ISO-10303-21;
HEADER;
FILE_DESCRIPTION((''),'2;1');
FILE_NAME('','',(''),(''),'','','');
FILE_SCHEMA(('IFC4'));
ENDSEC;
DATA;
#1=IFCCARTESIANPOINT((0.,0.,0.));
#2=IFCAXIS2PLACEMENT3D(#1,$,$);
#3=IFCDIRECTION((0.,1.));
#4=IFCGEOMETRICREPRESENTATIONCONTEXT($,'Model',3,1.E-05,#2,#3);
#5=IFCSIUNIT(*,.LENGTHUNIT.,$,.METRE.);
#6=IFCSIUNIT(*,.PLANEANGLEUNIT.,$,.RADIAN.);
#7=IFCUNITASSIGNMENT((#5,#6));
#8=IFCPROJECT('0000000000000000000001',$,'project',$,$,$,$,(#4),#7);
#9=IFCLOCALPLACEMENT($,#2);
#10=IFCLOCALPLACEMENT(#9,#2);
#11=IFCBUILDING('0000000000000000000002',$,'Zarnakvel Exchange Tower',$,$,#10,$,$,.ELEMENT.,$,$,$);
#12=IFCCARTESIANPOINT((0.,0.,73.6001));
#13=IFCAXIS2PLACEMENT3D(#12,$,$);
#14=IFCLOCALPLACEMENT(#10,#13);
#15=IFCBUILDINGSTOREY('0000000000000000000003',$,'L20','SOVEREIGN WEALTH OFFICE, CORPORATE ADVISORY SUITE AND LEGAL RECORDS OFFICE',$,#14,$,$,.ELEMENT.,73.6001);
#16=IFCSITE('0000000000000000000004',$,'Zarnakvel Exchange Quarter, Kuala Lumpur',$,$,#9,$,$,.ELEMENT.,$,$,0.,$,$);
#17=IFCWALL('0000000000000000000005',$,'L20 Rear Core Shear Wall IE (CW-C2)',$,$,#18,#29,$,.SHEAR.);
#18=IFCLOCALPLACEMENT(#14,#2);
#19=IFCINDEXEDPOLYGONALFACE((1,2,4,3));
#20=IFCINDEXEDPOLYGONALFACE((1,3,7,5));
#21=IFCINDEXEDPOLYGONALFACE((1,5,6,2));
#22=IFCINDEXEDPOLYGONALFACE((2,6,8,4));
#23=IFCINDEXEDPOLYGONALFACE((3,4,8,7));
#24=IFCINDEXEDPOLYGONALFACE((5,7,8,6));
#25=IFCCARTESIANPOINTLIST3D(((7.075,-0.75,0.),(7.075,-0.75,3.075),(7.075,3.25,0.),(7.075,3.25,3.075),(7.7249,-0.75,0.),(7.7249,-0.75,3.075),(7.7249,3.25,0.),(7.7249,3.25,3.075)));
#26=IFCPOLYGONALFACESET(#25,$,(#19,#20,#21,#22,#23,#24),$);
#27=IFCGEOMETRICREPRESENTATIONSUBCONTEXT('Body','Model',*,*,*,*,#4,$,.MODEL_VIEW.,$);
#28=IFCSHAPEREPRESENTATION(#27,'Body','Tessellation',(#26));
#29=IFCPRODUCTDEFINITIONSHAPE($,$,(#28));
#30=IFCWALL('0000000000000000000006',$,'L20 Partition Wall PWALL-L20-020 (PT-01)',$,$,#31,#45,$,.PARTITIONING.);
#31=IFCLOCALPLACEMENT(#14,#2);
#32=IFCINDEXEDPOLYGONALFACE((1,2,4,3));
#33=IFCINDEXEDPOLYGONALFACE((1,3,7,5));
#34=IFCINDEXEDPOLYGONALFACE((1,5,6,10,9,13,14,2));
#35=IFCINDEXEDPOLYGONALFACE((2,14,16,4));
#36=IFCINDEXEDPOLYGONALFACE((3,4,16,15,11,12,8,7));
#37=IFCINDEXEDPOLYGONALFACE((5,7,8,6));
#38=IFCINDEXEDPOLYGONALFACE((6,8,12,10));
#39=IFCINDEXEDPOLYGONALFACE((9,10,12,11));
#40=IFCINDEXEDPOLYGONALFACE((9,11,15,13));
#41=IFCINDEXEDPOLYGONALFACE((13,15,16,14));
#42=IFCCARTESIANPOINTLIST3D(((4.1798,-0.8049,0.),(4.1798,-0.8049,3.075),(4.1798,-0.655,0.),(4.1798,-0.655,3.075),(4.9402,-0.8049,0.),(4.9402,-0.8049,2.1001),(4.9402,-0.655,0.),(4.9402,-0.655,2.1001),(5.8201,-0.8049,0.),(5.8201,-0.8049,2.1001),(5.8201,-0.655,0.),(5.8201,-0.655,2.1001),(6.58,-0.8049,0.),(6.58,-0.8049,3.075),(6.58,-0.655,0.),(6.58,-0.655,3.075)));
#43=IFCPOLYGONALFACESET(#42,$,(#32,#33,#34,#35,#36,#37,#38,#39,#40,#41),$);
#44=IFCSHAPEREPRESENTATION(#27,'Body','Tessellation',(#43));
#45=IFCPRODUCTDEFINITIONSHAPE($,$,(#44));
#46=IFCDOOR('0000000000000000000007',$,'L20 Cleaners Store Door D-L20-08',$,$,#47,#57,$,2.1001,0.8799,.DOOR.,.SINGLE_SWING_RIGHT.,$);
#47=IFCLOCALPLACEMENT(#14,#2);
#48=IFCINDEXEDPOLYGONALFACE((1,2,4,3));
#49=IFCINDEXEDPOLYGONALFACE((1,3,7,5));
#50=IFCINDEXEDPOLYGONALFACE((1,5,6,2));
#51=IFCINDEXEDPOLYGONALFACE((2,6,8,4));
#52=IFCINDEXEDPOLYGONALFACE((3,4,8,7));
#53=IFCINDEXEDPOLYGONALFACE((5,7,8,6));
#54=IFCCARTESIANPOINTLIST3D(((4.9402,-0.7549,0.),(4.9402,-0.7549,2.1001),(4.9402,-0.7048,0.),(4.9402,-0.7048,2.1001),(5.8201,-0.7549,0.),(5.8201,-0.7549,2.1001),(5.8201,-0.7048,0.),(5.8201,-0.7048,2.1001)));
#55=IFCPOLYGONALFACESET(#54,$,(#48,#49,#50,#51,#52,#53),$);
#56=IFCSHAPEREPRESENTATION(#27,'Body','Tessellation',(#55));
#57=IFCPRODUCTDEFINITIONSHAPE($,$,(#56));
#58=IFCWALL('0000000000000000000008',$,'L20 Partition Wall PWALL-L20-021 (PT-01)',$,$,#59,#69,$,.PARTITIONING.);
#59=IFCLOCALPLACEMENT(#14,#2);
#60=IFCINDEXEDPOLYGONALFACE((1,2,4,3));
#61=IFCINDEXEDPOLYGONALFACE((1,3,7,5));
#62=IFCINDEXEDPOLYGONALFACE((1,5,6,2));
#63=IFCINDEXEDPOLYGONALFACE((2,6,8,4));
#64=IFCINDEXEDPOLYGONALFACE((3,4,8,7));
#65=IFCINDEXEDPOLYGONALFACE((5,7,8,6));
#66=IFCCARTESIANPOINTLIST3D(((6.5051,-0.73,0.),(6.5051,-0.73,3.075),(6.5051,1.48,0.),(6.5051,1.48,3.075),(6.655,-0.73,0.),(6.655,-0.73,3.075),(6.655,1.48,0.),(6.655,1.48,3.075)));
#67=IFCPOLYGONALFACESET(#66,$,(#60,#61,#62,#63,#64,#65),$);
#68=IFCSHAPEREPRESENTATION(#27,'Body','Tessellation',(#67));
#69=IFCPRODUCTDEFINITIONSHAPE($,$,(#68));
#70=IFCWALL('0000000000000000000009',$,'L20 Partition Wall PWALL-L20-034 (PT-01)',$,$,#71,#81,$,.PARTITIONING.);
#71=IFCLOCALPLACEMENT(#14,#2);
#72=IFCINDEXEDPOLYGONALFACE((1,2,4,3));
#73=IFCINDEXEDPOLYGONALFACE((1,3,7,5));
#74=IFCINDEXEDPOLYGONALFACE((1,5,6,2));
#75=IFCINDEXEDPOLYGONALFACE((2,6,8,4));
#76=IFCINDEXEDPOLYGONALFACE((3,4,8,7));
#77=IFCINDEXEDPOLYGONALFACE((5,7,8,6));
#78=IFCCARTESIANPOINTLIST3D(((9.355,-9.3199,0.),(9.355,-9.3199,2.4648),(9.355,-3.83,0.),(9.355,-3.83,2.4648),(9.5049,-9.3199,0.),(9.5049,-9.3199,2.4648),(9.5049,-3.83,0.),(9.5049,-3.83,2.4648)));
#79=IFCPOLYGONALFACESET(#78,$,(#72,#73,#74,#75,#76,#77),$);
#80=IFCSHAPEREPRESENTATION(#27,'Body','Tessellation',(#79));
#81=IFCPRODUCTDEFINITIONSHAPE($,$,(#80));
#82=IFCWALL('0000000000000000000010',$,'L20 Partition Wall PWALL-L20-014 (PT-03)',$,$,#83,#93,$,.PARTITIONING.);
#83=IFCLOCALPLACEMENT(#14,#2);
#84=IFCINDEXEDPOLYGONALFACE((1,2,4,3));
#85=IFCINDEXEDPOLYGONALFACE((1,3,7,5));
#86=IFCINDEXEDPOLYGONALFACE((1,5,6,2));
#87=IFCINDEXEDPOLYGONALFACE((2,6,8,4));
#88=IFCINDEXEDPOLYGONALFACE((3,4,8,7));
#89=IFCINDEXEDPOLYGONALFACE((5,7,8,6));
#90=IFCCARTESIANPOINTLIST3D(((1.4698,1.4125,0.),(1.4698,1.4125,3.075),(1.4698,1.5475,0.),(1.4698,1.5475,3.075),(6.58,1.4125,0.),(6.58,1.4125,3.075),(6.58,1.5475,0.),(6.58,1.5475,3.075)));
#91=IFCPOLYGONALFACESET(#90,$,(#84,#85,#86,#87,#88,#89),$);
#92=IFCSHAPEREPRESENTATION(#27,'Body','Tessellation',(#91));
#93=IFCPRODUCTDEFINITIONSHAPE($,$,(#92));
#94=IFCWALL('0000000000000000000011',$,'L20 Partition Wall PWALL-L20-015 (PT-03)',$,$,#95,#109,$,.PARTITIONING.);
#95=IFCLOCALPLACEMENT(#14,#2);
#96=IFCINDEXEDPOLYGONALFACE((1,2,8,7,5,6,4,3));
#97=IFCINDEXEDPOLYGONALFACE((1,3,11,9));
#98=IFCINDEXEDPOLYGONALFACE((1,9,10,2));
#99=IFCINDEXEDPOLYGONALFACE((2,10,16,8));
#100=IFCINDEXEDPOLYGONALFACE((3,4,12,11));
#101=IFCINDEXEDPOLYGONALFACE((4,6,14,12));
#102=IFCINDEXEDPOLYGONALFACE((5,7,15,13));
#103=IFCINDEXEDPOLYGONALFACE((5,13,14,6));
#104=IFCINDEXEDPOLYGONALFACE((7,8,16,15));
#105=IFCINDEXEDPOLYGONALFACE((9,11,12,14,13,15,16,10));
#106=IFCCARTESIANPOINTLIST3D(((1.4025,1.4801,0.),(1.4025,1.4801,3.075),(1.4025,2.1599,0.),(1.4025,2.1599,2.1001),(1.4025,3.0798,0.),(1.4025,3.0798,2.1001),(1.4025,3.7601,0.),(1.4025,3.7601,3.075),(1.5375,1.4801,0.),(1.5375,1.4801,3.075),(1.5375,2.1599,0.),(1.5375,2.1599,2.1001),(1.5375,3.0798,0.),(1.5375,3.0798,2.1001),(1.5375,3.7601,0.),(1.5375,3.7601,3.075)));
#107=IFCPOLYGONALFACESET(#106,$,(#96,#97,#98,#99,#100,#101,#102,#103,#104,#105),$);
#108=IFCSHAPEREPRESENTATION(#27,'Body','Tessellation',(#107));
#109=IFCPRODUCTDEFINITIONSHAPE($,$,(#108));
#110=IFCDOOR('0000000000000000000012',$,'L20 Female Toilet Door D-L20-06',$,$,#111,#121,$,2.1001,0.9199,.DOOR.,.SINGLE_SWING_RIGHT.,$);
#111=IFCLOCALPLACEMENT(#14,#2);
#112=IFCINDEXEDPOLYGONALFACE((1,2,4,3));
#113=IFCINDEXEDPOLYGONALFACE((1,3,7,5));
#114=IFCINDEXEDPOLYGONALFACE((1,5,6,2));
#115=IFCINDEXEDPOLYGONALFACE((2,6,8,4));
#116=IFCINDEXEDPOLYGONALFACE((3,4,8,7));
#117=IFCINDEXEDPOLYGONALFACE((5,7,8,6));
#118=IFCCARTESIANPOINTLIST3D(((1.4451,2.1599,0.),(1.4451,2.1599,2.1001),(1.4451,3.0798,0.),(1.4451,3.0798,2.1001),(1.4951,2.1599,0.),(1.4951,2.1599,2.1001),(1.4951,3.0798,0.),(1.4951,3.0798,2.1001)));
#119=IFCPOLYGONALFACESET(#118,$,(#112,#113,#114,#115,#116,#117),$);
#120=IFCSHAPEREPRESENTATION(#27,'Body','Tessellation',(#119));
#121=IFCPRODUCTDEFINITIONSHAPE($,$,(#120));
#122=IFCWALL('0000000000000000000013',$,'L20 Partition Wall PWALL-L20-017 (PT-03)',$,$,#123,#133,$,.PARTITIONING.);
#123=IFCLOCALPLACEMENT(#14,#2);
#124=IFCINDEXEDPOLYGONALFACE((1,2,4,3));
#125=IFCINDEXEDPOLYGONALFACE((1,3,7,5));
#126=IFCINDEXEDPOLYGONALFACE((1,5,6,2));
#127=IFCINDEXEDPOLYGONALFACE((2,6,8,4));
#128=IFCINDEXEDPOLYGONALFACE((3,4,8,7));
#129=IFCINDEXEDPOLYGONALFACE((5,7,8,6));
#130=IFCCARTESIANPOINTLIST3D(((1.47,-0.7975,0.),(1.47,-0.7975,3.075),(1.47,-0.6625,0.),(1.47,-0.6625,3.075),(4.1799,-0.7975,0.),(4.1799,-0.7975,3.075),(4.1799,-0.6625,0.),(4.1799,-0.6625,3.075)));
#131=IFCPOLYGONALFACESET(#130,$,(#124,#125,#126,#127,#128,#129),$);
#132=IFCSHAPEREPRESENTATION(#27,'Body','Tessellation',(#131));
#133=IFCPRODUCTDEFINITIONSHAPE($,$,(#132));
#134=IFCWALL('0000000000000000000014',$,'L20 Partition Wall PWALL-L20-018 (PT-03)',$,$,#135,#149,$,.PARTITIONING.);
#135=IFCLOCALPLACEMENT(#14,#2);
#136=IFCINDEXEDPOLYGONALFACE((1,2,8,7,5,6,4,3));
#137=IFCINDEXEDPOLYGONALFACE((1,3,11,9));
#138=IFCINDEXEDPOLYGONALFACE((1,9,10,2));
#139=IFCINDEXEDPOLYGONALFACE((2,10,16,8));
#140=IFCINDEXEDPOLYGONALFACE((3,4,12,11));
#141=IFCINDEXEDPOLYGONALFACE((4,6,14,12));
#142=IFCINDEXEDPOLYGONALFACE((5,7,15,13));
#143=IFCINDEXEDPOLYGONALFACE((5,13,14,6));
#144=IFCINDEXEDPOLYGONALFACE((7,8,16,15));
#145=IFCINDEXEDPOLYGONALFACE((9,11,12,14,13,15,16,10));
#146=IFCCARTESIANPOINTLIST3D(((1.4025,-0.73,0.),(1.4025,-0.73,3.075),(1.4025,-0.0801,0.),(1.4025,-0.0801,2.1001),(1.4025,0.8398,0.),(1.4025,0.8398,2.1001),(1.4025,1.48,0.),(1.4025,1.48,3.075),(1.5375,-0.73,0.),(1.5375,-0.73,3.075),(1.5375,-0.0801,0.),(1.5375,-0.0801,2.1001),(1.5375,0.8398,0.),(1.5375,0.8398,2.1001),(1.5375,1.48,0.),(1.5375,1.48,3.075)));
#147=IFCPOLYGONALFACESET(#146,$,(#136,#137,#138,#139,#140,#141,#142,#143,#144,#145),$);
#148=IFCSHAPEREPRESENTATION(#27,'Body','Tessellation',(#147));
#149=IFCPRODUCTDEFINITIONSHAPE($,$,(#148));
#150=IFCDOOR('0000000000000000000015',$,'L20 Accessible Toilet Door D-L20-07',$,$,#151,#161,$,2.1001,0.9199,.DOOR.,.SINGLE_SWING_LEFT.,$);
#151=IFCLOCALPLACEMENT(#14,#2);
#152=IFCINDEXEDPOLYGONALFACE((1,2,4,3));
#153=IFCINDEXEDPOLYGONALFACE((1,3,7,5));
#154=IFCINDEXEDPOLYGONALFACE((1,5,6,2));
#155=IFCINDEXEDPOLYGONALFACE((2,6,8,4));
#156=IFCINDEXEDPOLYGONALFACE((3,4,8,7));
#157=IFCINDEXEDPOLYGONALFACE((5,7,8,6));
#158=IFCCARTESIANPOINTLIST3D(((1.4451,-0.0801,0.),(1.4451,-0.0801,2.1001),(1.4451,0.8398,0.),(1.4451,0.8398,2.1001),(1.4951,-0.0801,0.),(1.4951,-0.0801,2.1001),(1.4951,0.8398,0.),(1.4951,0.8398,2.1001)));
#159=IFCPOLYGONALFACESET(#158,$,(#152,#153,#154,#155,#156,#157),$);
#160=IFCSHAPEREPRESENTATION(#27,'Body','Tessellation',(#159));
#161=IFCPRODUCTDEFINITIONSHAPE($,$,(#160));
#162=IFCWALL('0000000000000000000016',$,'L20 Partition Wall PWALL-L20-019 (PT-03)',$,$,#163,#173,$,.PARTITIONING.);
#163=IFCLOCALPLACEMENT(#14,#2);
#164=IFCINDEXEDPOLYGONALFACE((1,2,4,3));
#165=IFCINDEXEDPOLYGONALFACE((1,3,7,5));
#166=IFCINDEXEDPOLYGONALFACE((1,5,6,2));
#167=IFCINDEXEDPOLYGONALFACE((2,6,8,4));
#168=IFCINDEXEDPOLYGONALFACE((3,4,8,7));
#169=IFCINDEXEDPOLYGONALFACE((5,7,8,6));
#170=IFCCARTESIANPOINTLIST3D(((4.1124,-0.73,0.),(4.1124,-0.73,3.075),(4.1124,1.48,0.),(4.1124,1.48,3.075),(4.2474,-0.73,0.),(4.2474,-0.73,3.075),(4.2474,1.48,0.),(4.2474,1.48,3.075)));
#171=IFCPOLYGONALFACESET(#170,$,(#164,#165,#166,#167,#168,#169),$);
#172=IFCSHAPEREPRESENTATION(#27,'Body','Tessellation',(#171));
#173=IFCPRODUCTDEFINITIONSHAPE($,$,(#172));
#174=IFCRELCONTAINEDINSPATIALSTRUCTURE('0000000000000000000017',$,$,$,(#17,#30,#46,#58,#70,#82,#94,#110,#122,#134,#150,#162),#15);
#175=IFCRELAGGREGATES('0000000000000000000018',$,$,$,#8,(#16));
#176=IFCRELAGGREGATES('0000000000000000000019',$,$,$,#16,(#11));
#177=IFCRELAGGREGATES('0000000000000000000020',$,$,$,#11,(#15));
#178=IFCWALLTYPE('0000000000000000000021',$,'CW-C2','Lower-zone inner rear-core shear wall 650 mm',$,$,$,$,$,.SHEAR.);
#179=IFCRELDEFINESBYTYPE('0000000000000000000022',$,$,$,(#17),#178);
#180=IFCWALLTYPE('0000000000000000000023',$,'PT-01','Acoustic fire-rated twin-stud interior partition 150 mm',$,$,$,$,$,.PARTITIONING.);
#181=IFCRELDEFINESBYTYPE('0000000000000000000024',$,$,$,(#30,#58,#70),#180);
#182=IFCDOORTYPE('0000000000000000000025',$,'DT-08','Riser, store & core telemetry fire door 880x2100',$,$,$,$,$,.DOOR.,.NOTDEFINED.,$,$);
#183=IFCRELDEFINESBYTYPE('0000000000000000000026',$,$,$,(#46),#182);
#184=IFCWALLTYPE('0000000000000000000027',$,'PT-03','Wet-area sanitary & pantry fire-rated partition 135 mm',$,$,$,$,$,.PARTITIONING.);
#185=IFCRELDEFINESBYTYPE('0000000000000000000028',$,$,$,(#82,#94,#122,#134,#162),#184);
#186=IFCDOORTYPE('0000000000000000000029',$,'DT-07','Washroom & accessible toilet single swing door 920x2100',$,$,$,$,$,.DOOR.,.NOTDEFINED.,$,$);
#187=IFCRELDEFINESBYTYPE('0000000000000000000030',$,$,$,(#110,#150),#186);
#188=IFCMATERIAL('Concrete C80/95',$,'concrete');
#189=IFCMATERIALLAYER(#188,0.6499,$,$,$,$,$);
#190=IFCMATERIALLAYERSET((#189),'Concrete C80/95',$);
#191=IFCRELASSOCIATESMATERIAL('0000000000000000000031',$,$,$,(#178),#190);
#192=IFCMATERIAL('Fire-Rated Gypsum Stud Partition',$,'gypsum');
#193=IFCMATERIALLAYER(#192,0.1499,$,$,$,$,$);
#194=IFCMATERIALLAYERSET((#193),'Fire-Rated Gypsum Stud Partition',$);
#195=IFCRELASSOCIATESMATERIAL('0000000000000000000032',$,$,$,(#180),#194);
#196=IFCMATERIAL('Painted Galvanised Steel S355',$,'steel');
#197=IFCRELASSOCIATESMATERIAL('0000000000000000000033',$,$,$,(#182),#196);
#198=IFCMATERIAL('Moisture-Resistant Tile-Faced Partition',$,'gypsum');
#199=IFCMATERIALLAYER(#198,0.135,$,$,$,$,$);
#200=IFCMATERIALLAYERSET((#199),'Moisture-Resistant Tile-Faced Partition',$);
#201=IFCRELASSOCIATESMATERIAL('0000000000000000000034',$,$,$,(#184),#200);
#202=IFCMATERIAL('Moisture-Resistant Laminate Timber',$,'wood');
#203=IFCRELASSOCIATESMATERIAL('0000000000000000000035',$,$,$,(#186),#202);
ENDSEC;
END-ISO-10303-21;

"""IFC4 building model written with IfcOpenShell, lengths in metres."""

from ifc_helpers import new_model, si_unit, direction, frame, frame_2d, origin, place, context, subcontext, project, spatial, rectangle, extrude, source, transform, mapped, material, layer, layer_set, type_object, element, fill, save


model = new_model("IFC4")

# Units and contexts
model_context = context("Model", 3, precision=1e-05, world=origin(), true_north=direction((0.0, 1.0)))
body_context = subcontext(model_context, "Body", "Model", "MODEL_VIEW")
ifc_project = project(units=[si_unit("LENGTHUNIT", "METRE"), si_unit("PLANEANGLEUNIT", "RADIAN")], contexts=[model_context])

# Site, building, storey
site_placement = place(None, origin())
site = spatial("IfcSite", under=ifc_project, at=site_placement, Name="Zarnakvel Exchange Quarter, Kuala Lumpur", CompositionType="ELEMENT", RefElevation=0.0)
building_placement = place(site_placement, origin())
building = spatial("IfcBuilding", under=site, at=building_placement, Name="Zarnakvel Exchange Tower", CompositionType="ELEMENT")
storey_placement = place(building_placement, frame((0.0, 0.0, 73.6001)))
storey = spatial("IfcBuildingStorey", under=building, at=storey_placement, Name="L20", Description="SOVEREIGN WEALTH OFFICE, CORPORATE ADVISORY SUITE AND LEGAL RECORDS OFFICE", CompositionType="ELEMENT", Elevation=73.6001)

# Shared definitions
ifc_material_1 = material(Name="Concrete C80/95", Category="concrete")

# Shared definitions
ifc_material_2 = material(Name="Painted Galvanised Steel S355", Category="steel")

# Wall
ifc_layer_1 = layer(ifc_material_1, 0.6499)
ifc_layer_set_1 = layer_set([ifc_layer_1], Name="Concrete C80/95")
wall_type_1 = type_object("IfcWallType", Name="CW-C2", Description="Lower-zone inner rear-core shear wall 650 mm", PredefinedType="SHEAR", material=ifc_layer_set_1)
wall_1_placement = place(storey_placement, frame((7.3999, -0.75, 0.0), z_axis=(0.0, 0.0, 1.0), x_axis=(0.0, 1.0, 0.0)))
element("IfcWall", 1, at=wall_1_placement, inside=storey, type_object=wall_type_1, Name="L20 Rear Core Shear Wall IE (CW-C2)", PredefinedType="SHEAR", context=body_context, shape_type="SweptSolid", body=[
    extrude(rectangle(XDim=4.0, YDim=0.6499, at=frame_2d((2.0, 0.0))), origin(), (0.0, 0.0, 1.0), 3.075),
])

# Wall, opening, door
ifc_material_3 = material(Name="Fire-Rated Gypsum Stud Partition", Category="gypsum")
ifc_layer_2 = layer(ifc_material_3, 0.1499)
ifc_layer_set_2 = layer_set([ifc_layer_2], Name="Fire-Rated Gypsum Stud Partition")
wall_type_2 = type_object("IfcWallType", Name="PT-01", Description="Acoustic fire-rated twin-stud interior partition 150 mm", PredefinedType="PARTITIONING", material=ifc_layer_set_2)
wall_2_placement = place(storey_placement, frame((6.5801, -0.73, 0.0), z_axis=(0.0, 0.0, 1.0), x_axis=(-1.0, 0.0, 0.0)))
wall_2 = element("IfcWall", 2, at=wall_2_placement, inside=storey, type_object=wall_type_2, Name="L20 Partition Wall PWALL-L20-020 (PT-01)", PredefinedType="PARTITIONING", context=body_context, shape_type="SweptSolid", body=[
    extrude(rectangle(XDim=2.4001, YDim=0.1499, at=frame_2d((1.2002, 0.0))), origin(), (0.0, 0.0, 1.0), 3.075),
])
opening_1_placement = place(wall_2_placement, frame((0.76, 0.0, 0.0)))
opening_1 = element("IfcOpeningElement", 3, at=opening_1_placement, cuts=wall_2, PredefinedType="OPENING", context=body_context, shape_type="SweptSolid", body=[
    extrude(rectangle(XDim=0.8799, YDim=2.1001, at=frame_2d((0.4399, 1.05))), frame((0.0, 0.085, 0.0), z_axis=(0.0, -1.0, 0.0), x_axis=(1.0, 0.0, 0.0)), (0.0, 0.0, 1.0), 0.1699),
])
door_type_1 = type_object("IfcDoorType", Name="DT-08", Description="Riser, store & core telemetry fire door 880x2100", OperationType="NOTDEFINED", PredefinedType="DOOR", material=ifc_material_2)
shared_shape_1 = source(origin(), body_context, "Body", "SweptSolid", [
    extrude(rectangle(XDim=0.8799, YDim=2.1001, at=frame_2d((0.4399, 1.05))), frame((0.0, 0.0249, 0.0), z_axis=(0.0, -1.0, 0.0), x_axis=(1.0, 0.0, 0.0)), (0.0, 0.0, 1.0), 0.05),
])
door_1_placement = place(opening_1_placement, origin())
door_1 = element("IfcDoor", 4, at=door_1_placement, inside=storey, type_object=door_type_1, Name="L20 Cleaners Store Door D-L20-08", OperationType="SINGLE_SWING_RIGHT", OverallHeight=2.1001, OverallWidth=0.8799, PredefinedType="DOOR", context=body_context, shape_type="MappedRepresentation", body=[
    mapped(shared_shape_1, transform((0.0, 0.0, 0.0), x_axis=(1.0, 0.0, 0.0), y_axis=(0.0, 1.0, 0.0), z_axis=(0.0, 0.0, 1.0), scale=1.0)),
])
fill(opening_1, door_1)

# Wall
wall_3_placement = place(storey_placement, frame((6.5801, 1.48, 0.0), z_axis=(0.0, 0.0, 1.0), x_axis=(0.0, -1.0, 0.0)))
element("IfcWall", 5, at=wall_3_placement, inside=storey, type_object=wall_type_2, Name="L20 Partition Wall PWALL-L20-021 (PT-01)", PredefinedType="PARTITIONING", context=body_context, shape_type="SweptSolid", body=[
    extrude(rectangle(XDim=2.21, YDim=0.1499, at=frame_2d((1.105, 0.0))), origin(), (0.0, 0.0, 1.0), 3.075),
])

# Walls
wall_4_placement = place(storey_placement, frame((9.4299, -9.3201, 0.0), z_axis=(0.0, 0.0, 1.0), x_axis=(0.0, 1.0, 0.0)))
element("IfcWall", 6, at=wall_4_placement, inside=storey, type_object=wall_type_2, Name="L20 Partition Wall PWALL-L20-034 (PT-01)", PredefinedType="PARTITIONING", context=body_context, shape_type="SweptSolid", body=[
    extrude(rectangle(XDim=5.49, YDim=0.1499, at=frame_2d((2.7451, 0.0))), origin(), (0.0, 0.0, 1.0), 2.4648),
])
ifc_material_4 = material(Name="Moisture-Resistant Tile-Faced Partition", Category="gypsum")
ifc_layer_3 = layer(ifc_material_4, 0.135)
ifc_layer_set_3 = layer_set([ifc_layer_3], Name="Moisture-Resistant Tile-Faced Partition")
wall_type_3 = type_object("IfcWallType", Name="PT-03", Description="Wet-area sanitary & pantry fire-rated partition 135 mm", PredefinedType="PARTITIONING", material=ifc_layer_set_3)
wall_5_placement = place(storey_placement, frame((6.5801, 1.48, 0.0), z_axis=(0.0, 0.0, 1.0), x_axis=(-1.0, 0.0, 0.0)))
element("IfcWall", 7, at=wall_5_placement, inside=storey, type_object=wall_type_3, Name="L20 Partition Wall PWALL-L20-014 (PT-03)", PredefinedType="PARTITIONING", context=body_context, shape_type="SweptSolid", body=[
    extrude(rectangle(XDim=5.1101, YDim=0.135, at=frame_2d((2.5552, 0.0))), origin(), (0.0, 0.0, 1.0), 3.075),
])

# Wall, opening, door
wall_6_placement = place(storey_placement, frame((1.47, 1.48, 0.0), z_axis=(0.0, 0.0, 1.0), x_axis=(0.0, 1.0, 0.0)))
wall_6 = element("IfcWall", 8, at=wall_6_placement, inside=storey, type_object=wall_type_3, Name="L20 Partition Wall PWALL-L20-015 (PT-03)", PredefinedType="PARTITIONING", context=body_context, shape_type="SweptSolid", body=[
    extrude(rectangle(XDim=2.28, YDim=0.135, at=frame_2d((1.1401, 0.0))), origin(), (0.0, 0.0, 1.0), 3.075),
])
opening_2_placement = place(wall_6_placement, frame((0.6799, 0.0, 0.0)))
opening_2 = element("IfcOpeningElement", 9, at=opening_2_placement, cuts=wall_6, PredefinedType="OPENING", context=body_context, shape_type="SweptSolid", body=[
    extrude(rectangle(XDim=0.9199, YDim=2.1001, at=frame_2d((0.46, 1.05))), frame((0.0, 0.0774, 0.0), z_axis=(0.0, -1.0, 0.0), x_axis=(1.0, 0.0, 0.0)), (0.0, 0.0, 1.0), 0.155),
])
ifc_material_5 = material(Name="Moisture-Resistant Laminate Timber", Category="wood")
door_type_2 = type_object("IfcDoorType", Name="DT-07", Description="Washroom & accessible toilet single swing door 920x2100", OperationType="NOTDEFINED", PredefinedType="DOOR", material=ifc_material_5)
shared_shape_2 = source(origin(), body_context, "Body", "SweptSolid", [
    extrude(rectangle(XDim=0.9199, YDim=2.1001, at=frame_2d((0.46, 1.05))), frame((0.0, 0.0249, 0.0), z_axis=(0.0, -1.0, 0.0), x_axis=(1.0, 0.0, 0.0)), (0.0, 0.0, 1.0), 0.05),
])
door_2_placement = place(opening_2_placement, origin())
door_2 = element("IfcDoor", 10, at=door_2_placement, inside=storey, type_object=door_type_2, Name="L20 Female Toilet Door D-L20-06", OperationType="SINGLE_SWING_RIGHT", OverallHeight=2.1001, OverallWidth=0.9199, PredefinedType="DOOR", context=body_context, shape_type="MappedRepresentation", body=[
    mapped(shared_shape_2, transform((0.0, 0.0, 0.0), x_axis=(1.0, 0.0, 0.0), y_axis=(0.0, 1.0, 0.0), z_axis=(0.0, 0.0, 1.0), scale=1.0)),
])
fill(opening_2, door_2)

# Wall
wall_7_placement = place(storey_placement, frame((4.1799, -0.73, 0.0), z_axis=(0.0, 0.0, 1.0), x_axis=(-1.0, 0.0, 0.0)))
element("IfcWall", 11, at=wall_7_placement, inside=storey, type_object=wall_type_3, Name="L20 Partition Wall PWALL-L20-017 (PT-03)", PredefinedType="PARTITIONING", context=body_context, shape_type="SweptSolid", body=[
    extrude(rectangle(XDim=2.71, YDim=0.135, at=frame_2d((1.355, 0.0))), origin(), (0.0, 0.0, 1.0), 3.075),
])

# Wall, opening, door
wall_8_placement = place(storey_placement, frame((1.47, -0.73, 0.0), z_axis=(0.0, 0.0, 1.0), x_axis=(0.0, 1.0, 0.0)))
wall_8 = element("IfcWall", 12, at=wall_8_placement, inside=storey, type_object=wall_type_3, Name="L20 Partition Wall PWALL-L20-018 (PT-03)", PredefinedType="PARTITIONING", context=body_context, shape_type="SweptSolid", body=[
    extrude(rectangle(XDim=2.21, YDim=0.135, at=frame_2d((1.105, 0.0))), origin(), (0.0, 0.0, 1.0), 3.075),
])
opening_3_placement = place(wall_8_placement, frame((0.6499, 0.0, 0.0)))
opening_3 = element("IfcOpeningElement", 13, at=opening_3_placement, cuts=wall_8, PredefinedType="OPENING", context=body_context, shape_type="SweptSolid", body=[
    extrude(rectangle(XDim=0.9199, YDim=2.1001, at=frame_2d((0.46, 1.05))), frame((0.0, 0.0774, 0.0), z_axis=(0.0, -1.0, 0.0), x_axis=(1.0, 0.0, 0.0)), (0.0, 0.0, 1.0), 0.155),
])
door_3_placement = place(opening_3_placement, origin())
door_3 = element("IfcDoor", 14, at=door_3_placement, inside=storey, type_object=door_type_2, Name="L20 Accessible Toilet Door D-L20-07", OperationType="SINGLE_SWING_LEFT", OverallHeight=2.1001, OverallWidth=0.9199, PredefinedType="DOOR", context=body_context, shape_type="MappedRepresentation", body=[
    mapped(shared_shape_2, transform((0.0, 0.0, 0.0), x_axis=(1.0, 0.0, 0.0), y_axis=(0.0, 1.0, 0.0), z_axis=(0.0, 0.0, 1.0), scale=1.0)),
])
fill(opening_3, door_3)

# Wall
wall_9_placement = place(storey_placement, frame((4.1799, 1.48, 0.0), z_axis=(0.0, 0.0, 1.0), x_axis=(0.0, -1.0, 0.0)))
element("IfcWall", 15, at=wall_9_placement, inside=storey, type_object=wall_type_3, Name="L20 Partition Wall PWALL-L20-019 (PT-03)", PredefinedType="PARTITIONING", context=body_context, shape_type="SweptSolid", body=[
    extrude(rectangle(XDim=2.21, YDim=0.135, at=frame_2d((1.105, 0.0))), origin(), (0.0, 0.0, 1.0), 3.075),
])

save(model, "model.ifc")
